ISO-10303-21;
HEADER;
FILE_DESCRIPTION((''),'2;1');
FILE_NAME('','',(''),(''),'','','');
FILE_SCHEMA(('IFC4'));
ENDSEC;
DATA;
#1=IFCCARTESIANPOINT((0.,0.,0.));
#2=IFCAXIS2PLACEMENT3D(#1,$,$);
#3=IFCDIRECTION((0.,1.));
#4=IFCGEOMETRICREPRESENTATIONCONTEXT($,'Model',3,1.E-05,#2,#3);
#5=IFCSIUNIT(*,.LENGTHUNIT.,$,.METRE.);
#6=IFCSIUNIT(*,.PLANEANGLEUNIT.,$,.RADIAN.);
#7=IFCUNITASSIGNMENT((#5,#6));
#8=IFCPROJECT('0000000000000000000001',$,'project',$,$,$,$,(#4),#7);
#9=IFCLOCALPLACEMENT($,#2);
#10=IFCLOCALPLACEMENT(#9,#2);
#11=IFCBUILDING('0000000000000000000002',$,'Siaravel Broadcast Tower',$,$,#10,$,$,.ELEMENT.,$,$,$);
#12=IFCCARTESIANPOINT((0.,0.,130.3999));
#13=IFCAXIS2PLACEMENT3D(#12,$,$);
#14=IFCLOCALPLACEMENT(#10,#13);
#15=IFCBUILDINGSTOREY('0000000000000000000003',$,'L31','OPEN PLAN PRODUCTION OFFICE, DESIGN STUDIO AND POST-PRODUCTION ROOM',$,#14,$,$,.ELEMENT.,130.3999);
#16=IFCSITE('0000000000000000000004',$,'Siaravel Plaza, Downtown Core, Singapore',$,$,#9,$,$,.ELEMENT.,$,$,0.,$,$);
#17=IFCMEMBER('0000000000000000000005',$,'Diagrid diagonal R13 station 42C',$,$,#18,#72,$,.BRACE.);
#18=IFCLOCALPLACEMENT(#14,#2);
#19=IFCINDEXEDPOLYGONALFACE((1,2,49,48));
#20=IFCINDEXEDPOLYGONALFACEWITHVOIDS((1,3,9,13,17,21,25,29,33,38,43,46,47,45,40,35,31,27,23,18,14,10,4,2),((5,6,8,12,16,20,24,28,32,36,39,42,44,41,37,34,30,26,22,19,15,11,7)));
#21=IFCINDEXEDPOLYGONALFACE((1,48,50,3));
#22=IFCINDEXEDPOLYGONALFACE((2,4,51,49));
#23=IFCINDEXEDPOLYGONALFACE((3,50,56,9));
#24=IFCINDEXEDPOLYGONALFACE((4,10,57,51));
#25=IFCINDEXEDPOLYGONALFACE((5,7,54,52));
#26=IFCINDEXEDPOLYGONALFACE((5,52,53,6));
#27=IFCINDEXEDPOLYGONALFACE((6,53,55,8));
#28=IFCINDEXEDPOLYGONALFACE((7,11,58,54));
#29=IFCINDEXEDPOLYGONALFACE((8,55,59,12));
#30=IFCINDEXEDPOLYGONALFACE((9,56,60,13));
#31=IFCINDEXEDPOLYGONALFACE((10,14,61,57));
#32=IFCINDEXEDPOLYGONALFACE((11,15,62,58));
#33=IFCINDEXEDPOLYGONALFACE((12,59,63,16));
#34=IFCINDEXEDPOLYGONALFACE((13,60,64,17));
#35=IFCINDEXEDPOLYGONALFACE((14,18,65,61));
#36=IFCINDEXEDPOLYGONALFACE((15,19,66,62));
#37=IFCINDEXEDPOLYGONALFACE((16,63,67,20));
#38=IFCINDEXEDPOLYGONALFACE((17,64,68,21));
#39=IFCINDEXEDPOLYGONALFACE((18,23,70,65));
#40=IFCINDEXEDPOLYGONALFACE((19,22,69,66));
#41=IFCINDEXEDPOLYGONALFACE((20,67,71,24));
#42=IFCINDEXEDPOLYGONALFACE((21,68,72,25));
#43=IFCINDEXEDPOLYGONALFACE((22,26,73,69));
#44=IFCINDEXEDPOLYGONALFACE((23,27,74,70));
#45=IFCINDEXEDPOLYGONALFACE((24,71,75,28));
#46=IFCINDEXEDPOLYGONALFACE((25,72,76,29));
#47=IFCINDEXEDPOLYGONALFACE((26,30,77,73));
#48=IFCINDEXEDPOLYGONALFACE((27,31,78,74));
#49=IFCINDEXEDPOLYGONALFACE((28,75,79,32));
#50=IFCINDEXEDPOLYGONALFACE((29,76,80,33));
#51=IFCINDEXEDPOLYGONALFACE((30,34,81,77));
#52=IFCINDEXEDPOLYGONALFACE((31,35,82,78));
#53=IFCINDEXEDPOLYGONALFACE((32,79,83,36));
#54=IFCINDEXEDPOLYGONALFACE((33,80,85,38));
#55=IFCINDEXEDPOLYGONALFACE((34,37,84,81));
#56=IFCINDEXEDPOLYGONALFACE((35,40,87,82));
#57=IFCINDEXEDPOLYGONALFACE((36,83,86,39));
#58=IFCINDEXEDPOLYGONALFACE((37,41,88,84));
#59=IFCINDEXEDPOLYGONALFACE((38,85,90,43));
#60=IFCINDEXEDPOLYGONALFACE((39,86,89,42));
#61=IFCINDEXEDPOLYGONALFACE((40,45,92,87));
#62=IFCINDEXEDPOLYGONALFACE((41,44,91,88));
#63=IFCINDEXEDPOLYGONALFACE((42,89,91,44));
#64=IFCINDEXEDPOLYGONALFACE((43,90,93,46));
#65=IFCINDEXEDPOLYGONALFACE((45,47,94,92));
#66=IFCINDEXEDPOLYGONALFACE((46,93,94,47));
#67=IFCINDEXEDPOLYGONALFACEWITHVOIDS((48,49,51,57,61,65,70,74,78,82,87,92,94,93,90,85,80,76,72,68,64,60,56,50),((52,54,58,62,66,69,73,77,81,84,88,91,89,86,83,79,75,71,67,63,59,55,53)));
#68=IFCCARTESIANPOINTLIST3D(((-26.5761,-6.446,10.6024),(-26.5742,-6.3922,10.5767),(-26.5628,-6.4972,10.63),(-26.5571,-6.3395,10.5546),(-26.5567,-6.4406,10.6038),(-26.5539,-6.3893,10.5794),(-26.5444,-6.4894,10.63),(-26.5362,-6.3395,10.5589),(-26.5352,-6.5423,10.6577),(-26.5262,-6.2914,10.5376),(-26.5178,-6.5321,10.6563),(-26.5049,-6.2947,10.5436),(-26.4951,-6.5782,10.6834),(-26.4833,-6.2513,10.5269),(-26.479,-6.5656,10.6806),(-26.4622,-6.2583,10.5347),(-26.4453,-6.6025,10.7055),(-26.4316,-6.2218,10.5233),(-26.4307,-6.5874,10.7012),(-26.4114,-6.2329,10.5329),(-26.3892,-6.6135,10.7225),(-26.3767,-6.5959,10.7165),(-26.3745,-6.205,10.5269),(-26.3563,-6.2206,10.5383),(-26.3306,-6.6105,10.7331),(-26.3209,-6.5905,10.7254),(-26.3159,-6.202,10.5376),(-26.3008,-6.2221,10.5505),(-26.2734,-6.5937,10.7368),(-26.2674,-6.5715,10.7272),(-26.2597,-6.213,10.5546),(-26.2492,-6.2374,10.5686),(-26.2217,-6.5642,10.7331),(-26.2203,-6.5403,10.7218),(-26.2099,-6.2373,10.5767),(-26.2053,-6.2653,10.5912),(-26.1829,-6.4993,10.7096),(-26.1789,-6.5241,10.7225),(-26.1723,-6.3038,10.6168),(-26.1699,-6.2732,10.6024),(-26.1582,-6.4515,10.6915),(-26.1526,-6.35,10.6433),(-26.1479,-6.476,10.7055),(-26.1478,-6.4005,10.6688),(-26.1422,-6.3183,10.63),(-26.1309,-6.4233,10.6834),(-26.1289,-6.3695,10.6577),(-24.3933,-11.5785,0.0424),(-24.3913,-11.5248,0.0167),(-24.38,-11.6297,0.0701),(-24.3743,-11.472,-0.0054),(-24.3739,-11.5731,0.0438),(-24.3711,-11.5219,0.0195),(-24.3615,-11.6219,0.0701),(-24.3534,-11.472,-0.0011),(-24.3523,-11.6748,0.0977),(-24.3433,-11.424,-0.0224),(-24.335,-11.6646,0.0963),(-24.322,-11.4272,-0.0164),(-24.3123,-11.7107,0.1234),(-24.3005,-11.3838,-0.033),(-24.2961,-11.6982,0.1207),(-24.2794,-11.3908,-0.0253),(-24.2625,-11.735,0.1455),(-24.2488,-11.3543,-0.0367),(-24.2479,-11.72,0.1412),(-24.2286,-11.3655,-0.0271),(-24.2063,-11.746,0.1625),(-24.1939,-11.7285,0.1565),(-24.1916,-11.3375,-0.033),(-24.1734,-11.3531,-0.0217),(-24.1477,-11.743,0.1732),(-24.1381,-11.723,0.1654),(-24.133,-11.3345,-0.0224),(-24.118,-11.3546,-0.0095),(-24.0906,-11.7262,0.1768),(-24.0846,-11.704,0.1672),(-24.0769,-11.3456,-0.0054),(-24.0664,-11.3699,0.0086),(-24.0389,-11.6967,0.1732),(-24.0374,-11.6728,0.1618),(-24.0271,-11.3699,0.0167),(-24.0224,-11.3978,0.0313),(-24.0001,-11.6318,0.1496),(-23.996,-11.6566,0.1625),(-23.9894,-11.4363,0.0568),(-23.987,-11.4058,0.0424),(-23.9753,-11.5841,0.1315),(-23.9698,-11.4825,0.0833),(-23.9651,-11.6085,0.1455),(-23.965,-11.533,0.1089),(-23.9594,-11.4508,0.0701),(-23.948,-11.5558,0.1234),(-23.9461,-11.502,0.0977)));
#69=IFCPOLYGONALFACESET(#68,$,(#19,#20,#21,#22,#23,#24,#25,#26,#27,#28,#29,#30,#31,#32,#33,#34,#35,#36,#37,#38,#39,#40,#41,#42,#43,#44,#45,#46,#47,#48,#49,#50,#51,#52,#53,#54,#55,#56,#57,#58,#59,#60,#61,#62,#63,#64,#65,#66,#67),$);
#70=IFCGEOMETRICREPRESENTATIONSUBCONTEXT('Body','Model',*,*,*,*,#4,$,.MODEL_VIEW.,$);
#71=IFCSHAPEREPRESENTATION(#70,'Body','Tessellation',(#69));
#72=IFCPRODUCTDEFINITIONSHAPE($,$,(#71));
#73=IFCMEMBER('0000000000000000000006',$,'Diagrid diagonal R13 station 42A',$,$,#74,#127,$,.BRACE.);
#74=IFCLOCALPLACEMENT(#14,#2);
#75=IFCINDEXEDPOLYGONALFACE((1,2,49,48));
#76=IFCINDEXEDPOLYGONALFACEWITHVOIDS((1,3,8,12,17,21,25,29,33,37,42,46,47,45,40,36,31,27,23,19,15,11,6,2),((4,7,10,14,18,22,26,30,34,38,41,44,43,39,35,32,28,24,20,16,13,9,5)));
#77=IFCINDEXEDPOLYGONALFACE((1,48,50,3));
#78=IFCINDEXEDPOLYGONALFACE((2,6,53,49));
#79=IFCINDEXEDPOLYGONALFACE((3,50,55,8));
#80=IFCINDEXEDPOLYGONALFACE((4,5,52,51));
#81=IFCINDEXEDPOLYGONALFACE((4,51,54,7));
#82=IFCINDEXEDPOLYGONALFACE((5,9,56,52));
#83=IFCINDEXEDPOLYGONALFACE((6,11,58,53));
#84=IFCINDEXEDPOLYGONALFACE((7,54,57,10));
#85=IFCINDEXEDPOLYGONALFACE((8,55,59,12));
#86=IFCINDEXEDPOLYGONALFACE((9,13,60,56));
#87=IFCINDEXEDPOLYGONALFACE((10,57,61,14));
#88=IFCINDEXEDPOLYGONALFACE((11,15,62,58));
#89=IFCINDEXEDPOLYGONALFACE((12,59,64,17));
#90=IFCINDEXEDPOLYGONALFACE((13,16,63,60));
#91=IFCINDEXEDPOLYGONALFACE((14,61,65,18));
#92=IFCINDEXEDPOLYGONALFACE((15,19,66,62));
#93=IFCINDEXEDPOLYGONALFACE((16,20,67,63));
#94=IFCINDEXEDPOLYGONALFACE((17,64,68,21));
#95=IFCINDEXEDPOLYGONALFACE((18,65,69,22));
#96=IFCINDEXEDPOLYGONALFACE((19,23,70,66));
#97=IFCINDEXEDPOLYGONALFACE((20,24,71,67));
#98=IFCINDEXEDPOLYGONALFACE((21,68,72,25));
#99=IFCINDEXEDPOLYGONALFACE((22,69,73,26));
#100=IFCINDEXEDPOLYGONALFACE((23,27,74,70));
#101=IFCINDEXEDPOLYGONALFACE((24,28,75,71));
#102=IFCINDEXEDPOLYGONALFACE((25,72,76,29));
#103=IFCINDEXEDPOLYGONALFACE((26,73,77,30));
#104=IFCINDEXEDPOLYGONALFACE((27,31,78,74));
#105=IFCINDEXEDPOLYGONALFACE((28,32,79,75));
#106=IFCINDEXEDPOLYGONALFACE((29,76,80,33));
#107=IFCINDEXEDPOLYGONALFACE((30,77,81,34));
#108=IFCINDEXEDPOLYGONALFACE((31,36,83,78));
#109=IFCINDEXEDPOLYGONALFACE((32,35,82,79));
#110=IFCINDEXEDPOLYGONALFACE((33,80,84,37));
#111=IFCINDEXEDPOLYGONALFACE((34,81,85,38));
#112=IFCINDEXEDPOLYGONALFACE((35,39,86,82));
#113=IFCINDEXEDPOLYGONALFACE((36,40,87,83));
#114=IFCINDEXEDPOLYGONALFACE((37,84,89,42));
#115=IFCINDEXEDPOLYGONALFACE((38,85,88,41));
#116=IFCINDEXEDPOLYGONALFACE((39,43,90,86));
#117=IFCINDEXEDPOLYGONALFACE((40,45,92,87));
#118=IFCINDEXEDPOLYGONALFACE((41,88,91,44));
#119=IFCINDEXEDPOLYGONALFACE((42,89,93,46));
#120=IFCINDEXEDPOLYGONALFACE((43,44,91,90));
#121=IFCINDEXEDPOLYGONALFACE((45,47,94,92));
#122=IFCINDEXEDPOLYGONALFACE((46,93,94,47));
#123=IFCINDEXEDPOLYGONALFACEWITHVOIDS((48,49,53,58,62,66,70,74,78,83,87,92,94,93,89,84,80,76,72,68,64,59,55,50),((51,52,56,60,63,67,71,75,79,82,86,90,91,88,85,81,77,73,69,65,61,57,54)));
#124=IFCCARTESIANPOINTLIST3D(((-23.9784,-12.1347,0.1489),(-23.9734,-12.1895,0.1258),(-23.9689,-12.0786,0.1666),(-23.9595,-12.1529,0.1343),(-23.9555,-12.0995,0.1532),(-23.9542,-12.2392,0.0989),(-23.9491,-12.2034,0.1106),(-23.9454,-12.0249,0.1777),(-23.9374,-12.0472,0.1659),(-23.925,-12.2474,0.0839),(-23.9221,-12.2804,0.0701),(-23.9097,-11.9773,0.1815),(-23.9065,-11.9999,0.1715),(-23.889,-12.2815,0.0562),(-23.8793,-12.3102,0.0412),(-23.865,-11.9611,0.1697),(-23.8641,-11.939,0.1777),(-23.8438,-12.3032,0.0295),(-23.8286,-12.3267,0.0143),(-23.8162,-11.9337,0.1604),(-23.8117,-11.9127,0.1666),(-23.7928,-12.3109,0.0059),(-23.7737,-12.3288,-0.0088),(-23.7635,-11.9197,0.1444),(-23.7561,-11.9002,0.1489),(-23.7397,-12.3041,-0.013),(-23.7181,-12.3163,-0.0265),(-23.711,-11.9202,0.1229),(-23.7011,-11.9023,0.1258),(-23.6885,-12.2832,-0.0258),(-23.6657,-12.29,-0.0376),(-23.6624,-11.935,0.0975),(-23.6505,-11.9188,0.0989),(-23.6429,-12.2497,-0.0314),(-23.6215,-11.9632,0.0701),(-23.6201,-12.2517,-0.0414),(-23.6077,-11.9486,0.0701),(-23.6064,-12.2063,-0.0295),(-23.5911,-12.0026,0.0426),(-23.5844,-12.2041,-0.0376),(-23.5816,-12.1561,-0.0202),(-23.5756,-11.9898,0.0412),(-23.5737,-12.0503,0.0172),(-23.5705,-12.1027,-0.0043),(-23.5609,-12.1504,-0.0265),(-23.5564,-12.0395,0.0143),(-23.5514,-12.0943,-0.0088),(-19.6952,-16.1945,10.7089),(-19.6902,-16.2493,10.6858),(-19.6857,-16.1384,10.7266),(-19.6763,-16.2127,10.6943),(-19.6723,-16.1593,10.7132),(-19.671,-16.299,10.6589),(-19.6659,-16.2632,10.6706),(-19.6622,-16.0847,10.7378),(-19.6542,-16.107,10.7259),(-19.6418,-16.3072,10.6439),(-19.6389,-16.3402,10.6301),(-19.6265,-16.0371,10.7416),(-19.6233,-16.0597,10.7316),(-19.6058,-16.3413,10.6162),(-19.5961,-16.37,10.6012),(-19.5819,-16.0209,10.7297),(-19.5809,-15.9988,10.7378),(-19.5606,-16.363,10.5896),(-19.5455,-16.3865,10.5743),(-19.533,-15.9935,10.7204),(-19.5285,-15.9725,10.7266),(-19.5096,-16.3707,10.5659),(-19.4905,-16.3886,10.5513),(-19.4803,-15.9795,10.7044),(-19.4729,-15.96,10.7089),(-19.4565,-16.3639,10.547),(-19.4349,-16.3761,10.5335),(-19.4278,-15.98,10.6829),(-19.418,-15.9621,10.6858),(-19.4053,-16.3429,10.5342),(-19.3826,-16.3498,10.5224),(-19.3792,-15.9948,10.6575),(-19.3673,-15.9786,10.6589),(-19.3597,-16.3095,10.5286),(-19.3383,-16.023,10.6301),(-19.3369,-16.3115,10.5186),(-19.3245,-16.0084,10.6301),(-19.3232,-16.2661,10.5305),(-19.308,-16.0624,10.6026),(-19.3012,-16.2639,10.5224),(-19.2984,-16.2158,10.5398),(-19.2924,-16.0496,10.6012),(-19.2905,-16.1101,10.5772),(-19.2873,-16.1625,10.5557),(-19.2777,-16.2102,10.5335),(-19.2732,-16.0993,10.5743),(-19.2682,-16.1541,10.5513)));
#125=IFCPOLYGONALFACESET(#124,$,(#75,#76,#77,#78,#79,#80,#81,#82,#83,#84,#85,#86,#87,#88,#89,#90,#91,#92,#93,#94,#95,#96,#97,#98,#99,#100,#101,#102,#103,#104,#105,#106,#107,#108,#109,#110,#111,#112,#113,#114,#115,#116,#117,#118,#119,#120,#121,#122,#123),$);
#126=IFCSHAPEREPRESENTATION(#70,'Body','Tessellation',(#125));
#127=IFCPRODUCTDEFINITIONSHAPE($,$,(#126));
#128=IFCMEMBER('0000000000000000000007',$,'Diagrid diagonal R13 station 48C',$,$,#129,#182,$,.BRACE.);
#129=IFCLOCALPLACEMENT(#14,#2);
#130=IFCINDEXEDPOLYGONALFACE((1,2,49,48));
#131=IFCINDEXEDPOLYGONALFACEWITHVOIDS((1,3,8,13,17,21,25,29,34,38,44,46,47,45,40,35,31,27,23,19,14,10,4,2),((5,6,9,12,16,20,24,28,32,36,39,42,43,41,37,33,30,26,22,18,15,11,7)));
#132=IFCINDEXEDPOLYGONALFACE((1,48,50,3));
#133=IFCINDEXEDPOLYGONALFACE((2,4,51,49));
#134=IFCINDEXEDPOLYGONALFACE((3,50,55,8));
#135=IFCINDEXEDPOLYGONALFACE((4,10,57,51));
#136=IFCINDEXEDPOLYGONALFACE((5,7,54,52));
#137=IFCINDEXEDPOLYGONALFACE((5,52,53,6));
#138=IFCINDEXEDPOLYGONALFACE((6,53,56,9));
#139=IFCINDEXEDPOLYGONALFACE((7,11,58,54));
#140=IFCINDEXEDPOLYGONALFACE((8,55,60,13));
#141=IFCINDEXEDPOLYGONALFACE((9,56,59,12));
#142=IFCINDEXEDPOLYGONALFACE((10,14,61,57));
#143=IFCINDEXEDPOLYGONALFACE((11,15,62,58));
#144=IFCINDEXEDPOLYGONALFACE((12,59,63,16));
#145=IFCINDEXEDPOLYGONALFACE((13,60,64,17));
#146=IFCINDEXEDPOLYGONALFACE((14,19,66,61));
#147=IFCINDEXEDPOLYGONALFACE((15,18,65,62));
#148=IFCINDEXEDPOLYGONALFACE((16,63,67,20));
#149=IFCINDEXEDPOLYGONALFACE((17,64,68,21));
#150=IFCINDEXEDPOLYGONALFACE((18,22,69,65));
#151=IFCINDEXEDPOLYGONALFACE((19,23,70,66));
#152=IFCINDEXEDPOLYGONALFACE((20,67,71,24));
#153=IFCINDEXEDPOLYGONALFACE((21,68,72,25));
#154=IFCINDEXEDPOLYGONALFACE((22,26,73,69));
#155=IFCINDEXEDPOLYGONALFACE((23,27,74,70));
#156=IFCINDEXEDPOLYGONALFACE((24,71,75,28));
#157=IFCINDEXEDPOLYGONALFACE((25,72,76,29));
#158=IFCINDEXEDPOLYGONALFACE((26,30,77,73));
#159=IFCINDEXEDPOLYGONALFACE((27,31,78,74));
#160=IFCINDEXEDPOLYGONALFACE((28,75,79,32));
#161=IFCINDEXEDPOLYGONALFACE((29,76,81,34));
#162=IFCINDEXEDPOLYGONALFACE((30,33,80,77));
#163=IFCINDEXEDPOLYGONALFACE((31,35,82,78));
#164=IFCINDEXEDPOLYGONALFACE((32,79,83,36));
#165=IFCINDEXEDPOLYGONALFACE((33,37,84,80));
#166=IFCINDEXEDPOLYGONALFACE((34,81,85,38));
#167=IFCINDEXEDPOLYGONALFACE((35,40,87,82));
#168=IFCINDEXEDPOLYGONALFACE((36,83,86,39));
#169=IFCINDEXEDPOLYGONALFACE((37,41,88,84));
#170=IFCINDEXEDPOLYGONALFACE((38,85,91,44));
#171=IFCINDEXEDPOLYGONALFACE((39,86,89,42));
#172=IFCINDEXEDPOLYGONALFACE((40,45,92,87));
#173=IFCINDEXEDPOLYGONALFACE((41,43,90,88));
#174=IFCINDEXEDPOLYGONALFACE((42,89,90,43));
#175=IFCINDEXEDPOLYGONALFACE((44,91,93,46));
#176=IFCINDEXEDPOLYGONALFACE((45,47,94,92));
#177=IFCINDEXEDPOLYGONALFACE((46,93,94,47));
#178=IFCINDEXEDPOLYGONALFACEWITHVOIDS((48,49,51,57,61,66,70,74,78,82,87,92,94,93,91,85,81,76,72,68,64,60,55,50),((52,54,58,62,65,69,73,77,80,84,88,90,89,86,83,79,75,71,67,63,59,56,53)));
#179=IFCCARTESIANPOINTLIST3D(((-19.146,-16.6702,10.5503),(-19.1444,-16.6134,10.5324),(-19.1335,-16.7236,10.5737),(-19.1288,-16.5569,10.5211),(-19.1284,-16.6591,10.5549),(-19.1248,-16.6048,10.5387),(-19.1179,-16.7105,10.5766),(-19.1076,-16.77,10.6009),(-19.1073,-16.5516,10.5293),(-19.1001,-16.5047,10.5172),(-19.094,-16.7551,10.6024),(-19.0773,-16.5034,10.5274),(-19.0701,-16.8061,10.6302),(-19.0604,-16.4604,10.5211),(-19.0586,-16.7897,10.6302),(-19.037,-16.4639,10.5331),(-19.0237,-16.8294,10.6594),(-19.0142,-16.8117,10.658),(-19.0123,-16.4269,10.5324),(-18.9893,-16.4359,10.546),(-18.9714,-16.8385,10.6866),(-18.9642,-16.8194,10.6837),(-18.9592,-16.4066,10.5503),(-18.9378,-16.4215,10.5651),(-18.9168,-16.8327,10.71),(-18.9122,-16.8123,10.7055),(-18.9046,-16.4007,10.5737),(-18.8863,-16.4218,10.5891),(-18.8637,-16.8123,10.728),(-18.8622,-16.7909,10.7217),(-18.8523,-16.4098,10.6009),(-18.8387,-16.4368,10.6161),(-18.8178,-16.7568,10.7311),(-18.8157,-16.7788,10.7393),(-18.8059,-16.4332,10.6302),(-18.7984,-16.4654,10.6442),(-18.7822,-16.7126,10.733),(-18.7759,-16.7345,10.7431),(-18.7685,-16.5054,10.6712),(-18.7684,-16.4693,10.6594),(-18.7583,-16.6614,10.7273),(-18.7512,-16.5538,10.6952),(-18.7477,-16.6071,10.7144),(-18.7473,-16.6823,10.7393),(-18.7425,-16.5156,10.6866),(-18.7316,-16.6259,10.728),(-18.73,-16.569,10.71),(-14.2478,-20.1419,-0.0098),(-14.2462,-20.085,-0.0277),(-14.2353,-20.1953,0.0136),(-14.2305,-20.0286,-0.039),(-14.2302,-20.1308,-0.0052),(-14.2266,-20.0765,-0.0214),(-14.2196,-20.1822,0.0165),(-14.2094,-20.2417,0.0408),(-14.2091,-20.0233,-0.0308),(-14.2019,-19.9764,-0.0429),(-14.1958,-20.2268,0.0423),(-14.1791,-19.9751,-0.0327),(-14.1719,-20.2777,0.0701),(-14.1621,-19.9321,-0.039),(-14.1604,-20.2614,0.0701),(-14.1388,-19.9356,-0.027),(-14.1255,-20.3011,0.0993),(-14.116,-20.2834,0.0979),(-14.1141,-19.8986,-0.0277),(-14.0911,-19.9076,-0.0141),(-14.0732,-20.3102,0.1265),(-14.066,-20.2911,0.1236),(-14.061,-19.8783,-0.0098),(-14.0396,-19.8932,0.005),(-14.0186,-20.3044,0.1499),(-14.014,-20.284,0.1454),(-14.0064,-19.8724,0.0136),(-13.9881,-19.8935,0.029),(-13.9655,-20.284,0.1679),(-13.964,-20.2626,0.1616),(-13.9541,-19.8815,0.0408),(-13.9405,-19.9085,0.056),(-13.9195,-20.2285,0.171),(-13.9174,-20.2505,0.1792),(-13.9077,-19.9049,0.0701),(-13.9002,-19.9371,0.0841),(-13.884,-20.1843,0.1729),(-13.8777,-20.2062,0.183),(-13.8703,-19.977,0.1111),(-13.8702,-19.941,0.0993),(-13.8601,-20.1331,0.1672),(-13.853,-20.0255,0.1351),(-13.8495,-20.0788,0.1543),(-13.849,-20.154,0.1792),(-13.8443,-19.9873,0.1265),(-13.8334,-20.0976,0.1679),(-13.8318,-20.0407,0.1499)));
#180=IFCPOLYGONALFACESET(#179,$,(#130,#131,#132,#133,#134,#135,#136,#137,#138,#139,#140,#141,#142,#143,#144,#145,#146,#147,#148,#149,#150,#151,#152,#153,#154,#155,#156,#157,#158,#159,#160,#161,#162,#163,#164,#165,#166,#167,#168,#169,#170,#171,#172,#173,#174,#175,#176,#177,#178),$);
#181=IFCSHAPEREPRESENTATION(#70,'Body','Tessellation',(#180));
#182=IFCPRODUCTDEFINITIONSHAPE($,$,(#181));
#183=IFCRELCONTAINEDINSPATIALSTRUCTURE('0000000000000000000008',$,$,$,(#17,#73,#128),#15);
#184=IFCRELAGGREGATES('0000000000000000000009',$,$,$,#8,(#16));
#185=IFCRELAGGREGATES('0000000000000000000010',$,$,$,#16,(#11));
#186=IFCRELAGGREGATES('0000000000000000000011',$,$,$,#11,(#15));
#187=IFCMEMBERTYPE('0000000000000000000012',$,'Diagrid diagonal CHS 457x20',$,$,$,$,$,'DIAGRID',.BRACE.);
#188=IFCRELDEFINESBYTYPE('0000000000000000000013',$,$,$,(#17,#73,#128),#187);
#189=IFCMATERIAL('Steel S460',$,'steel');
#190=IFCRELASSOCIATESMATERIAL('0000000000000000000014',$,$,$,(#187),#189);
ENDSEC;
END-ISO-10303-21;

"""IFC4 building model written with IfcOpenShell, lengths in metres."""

from ifc_helpers import new_model, si_unit, direction, frame, origin, origin_2d, place, context, subcontext, project, spatial, hollow_circle, extrude, material, material_profile, profile_set, type_object, element, save


model = new_model("IFC4")

# Units and contexts
model_context = context("Model", 3, precision=1e-05, world=origin(), true_north=direction((0.0, 1.0)))
body_context = subcontext(model_context, "Body", "Model", "MODEL_VIEW")
ifc_project = project(units=[si_unit("LENGTHUNIT", "METRE"), si_unit("PLANEANGLEUNIT", "RADIAN")], contexts=[model_context])

# Site, building, storey
site_placement = place(None, origin())
site = spatial("IfcSite", under=ifc_project, at=site_placement, Name="Siaravel Plaza, Downtown Core, Singapore", CompositionType="ELEMENT", RefElevation=0.0)
building_placement = place(site_placement, origin())
building = spatial("IfcBuilding", under=site, at=building_placement, Name="Siaravel Broadcast Tower", CompositionType="ELEMENT")
storey_placement = place(building_placement, frame((0.0, 0.0, 130.3999)))
storey = spatial("IfcBuildingStorey", under=building, at=storey_placement, Name="L31", Description="OPEN PLAN PRODUCTION OFFICE, DESIGN STUDIO AND POST-PRODUCTION ROOM", CompositionType="ELEMENT", Elevation=130.3999)

# Members
ifc_material_1 = material(Name="Steel S460", Category="steel")
ifc_material_profile_1 = material_profile(ifc_material_1, hollow_circle(Radius=0.2285, WallThickness=0.02, at=origin_2d()))
ifc_profile_set_1 = profile_set([ifc_material_profile_1], Name="Steel S460")
member_type_1 = type_object("IfcMemberType", Name="Diagrid diagonal CHS 457x20", ElementType="DIAGRID", PredefinedType="BRACE", material=ifc_profile_set_1)
member_1_placement = place(storey_placement, frame((-24.1697, -11.5403, 0.0701), z_axis=(-0.182781, 0.429774, 0.884243), x_axis=(-0.920233, -0.391371, 0.0)))
element("IfcMember", 1, at=member_1_placement, inside=storey, type_object=member_type_1, Name="Diagrid diagonal R13 station 42C", PredefinedType="BRACE", context=body_context, shape_type="SweptSolid", body=[
    extrude(hollow_circle(Radius=0.2285, WallThickness=0.02, at=origin_2d()), origin(), (0.0, 0.0, 1.0), 11.9424),
])
member_2_placement = place(storey_placement, frame((-23.7649, -12.1145, 0.0701), z_axis=(0.354065, -0.335599, 0.872933), x_axis=(0.687927, 0.72578, 0.0)))
element("IfcMember", 2, at=member_2_placement, inside=storey, type_object=member_type_1, Name="Diagrid diagonal R13 station 42A", PredefinedType="BRACE", context=body_context, shape_type="SweptSolid", body=[
    extrude(hollow_circle(Radius=0.2285, WallThickness=0.02, at=origin_2d()), origin(), (0.0, 0.0, 1.0), 12.0972),
])
member_3_placement = place(storey_placement, frame((-14.0398, -20.0913, 0.0701), z_axis=(-0.403229, 0.285796, 0.869326), x_axis=(-0.578253, -0.815857, 0.0)))
element("IfcMember", 3, at=member_3_placement, inside=storey, type_object=member_type_1, Name="Diagrid diagonal R13 station 48C", PredefinedType="BRACE", context=body_context, shape_type="SweptSolid", body=[
    extrude(hollow_circle(Radius=0.2285, WallThickness=0.02, at=origin_2d()), origin(), (0.0, 0.0, 1.0), 12.1475),
])

save(model, "model.ifc")
